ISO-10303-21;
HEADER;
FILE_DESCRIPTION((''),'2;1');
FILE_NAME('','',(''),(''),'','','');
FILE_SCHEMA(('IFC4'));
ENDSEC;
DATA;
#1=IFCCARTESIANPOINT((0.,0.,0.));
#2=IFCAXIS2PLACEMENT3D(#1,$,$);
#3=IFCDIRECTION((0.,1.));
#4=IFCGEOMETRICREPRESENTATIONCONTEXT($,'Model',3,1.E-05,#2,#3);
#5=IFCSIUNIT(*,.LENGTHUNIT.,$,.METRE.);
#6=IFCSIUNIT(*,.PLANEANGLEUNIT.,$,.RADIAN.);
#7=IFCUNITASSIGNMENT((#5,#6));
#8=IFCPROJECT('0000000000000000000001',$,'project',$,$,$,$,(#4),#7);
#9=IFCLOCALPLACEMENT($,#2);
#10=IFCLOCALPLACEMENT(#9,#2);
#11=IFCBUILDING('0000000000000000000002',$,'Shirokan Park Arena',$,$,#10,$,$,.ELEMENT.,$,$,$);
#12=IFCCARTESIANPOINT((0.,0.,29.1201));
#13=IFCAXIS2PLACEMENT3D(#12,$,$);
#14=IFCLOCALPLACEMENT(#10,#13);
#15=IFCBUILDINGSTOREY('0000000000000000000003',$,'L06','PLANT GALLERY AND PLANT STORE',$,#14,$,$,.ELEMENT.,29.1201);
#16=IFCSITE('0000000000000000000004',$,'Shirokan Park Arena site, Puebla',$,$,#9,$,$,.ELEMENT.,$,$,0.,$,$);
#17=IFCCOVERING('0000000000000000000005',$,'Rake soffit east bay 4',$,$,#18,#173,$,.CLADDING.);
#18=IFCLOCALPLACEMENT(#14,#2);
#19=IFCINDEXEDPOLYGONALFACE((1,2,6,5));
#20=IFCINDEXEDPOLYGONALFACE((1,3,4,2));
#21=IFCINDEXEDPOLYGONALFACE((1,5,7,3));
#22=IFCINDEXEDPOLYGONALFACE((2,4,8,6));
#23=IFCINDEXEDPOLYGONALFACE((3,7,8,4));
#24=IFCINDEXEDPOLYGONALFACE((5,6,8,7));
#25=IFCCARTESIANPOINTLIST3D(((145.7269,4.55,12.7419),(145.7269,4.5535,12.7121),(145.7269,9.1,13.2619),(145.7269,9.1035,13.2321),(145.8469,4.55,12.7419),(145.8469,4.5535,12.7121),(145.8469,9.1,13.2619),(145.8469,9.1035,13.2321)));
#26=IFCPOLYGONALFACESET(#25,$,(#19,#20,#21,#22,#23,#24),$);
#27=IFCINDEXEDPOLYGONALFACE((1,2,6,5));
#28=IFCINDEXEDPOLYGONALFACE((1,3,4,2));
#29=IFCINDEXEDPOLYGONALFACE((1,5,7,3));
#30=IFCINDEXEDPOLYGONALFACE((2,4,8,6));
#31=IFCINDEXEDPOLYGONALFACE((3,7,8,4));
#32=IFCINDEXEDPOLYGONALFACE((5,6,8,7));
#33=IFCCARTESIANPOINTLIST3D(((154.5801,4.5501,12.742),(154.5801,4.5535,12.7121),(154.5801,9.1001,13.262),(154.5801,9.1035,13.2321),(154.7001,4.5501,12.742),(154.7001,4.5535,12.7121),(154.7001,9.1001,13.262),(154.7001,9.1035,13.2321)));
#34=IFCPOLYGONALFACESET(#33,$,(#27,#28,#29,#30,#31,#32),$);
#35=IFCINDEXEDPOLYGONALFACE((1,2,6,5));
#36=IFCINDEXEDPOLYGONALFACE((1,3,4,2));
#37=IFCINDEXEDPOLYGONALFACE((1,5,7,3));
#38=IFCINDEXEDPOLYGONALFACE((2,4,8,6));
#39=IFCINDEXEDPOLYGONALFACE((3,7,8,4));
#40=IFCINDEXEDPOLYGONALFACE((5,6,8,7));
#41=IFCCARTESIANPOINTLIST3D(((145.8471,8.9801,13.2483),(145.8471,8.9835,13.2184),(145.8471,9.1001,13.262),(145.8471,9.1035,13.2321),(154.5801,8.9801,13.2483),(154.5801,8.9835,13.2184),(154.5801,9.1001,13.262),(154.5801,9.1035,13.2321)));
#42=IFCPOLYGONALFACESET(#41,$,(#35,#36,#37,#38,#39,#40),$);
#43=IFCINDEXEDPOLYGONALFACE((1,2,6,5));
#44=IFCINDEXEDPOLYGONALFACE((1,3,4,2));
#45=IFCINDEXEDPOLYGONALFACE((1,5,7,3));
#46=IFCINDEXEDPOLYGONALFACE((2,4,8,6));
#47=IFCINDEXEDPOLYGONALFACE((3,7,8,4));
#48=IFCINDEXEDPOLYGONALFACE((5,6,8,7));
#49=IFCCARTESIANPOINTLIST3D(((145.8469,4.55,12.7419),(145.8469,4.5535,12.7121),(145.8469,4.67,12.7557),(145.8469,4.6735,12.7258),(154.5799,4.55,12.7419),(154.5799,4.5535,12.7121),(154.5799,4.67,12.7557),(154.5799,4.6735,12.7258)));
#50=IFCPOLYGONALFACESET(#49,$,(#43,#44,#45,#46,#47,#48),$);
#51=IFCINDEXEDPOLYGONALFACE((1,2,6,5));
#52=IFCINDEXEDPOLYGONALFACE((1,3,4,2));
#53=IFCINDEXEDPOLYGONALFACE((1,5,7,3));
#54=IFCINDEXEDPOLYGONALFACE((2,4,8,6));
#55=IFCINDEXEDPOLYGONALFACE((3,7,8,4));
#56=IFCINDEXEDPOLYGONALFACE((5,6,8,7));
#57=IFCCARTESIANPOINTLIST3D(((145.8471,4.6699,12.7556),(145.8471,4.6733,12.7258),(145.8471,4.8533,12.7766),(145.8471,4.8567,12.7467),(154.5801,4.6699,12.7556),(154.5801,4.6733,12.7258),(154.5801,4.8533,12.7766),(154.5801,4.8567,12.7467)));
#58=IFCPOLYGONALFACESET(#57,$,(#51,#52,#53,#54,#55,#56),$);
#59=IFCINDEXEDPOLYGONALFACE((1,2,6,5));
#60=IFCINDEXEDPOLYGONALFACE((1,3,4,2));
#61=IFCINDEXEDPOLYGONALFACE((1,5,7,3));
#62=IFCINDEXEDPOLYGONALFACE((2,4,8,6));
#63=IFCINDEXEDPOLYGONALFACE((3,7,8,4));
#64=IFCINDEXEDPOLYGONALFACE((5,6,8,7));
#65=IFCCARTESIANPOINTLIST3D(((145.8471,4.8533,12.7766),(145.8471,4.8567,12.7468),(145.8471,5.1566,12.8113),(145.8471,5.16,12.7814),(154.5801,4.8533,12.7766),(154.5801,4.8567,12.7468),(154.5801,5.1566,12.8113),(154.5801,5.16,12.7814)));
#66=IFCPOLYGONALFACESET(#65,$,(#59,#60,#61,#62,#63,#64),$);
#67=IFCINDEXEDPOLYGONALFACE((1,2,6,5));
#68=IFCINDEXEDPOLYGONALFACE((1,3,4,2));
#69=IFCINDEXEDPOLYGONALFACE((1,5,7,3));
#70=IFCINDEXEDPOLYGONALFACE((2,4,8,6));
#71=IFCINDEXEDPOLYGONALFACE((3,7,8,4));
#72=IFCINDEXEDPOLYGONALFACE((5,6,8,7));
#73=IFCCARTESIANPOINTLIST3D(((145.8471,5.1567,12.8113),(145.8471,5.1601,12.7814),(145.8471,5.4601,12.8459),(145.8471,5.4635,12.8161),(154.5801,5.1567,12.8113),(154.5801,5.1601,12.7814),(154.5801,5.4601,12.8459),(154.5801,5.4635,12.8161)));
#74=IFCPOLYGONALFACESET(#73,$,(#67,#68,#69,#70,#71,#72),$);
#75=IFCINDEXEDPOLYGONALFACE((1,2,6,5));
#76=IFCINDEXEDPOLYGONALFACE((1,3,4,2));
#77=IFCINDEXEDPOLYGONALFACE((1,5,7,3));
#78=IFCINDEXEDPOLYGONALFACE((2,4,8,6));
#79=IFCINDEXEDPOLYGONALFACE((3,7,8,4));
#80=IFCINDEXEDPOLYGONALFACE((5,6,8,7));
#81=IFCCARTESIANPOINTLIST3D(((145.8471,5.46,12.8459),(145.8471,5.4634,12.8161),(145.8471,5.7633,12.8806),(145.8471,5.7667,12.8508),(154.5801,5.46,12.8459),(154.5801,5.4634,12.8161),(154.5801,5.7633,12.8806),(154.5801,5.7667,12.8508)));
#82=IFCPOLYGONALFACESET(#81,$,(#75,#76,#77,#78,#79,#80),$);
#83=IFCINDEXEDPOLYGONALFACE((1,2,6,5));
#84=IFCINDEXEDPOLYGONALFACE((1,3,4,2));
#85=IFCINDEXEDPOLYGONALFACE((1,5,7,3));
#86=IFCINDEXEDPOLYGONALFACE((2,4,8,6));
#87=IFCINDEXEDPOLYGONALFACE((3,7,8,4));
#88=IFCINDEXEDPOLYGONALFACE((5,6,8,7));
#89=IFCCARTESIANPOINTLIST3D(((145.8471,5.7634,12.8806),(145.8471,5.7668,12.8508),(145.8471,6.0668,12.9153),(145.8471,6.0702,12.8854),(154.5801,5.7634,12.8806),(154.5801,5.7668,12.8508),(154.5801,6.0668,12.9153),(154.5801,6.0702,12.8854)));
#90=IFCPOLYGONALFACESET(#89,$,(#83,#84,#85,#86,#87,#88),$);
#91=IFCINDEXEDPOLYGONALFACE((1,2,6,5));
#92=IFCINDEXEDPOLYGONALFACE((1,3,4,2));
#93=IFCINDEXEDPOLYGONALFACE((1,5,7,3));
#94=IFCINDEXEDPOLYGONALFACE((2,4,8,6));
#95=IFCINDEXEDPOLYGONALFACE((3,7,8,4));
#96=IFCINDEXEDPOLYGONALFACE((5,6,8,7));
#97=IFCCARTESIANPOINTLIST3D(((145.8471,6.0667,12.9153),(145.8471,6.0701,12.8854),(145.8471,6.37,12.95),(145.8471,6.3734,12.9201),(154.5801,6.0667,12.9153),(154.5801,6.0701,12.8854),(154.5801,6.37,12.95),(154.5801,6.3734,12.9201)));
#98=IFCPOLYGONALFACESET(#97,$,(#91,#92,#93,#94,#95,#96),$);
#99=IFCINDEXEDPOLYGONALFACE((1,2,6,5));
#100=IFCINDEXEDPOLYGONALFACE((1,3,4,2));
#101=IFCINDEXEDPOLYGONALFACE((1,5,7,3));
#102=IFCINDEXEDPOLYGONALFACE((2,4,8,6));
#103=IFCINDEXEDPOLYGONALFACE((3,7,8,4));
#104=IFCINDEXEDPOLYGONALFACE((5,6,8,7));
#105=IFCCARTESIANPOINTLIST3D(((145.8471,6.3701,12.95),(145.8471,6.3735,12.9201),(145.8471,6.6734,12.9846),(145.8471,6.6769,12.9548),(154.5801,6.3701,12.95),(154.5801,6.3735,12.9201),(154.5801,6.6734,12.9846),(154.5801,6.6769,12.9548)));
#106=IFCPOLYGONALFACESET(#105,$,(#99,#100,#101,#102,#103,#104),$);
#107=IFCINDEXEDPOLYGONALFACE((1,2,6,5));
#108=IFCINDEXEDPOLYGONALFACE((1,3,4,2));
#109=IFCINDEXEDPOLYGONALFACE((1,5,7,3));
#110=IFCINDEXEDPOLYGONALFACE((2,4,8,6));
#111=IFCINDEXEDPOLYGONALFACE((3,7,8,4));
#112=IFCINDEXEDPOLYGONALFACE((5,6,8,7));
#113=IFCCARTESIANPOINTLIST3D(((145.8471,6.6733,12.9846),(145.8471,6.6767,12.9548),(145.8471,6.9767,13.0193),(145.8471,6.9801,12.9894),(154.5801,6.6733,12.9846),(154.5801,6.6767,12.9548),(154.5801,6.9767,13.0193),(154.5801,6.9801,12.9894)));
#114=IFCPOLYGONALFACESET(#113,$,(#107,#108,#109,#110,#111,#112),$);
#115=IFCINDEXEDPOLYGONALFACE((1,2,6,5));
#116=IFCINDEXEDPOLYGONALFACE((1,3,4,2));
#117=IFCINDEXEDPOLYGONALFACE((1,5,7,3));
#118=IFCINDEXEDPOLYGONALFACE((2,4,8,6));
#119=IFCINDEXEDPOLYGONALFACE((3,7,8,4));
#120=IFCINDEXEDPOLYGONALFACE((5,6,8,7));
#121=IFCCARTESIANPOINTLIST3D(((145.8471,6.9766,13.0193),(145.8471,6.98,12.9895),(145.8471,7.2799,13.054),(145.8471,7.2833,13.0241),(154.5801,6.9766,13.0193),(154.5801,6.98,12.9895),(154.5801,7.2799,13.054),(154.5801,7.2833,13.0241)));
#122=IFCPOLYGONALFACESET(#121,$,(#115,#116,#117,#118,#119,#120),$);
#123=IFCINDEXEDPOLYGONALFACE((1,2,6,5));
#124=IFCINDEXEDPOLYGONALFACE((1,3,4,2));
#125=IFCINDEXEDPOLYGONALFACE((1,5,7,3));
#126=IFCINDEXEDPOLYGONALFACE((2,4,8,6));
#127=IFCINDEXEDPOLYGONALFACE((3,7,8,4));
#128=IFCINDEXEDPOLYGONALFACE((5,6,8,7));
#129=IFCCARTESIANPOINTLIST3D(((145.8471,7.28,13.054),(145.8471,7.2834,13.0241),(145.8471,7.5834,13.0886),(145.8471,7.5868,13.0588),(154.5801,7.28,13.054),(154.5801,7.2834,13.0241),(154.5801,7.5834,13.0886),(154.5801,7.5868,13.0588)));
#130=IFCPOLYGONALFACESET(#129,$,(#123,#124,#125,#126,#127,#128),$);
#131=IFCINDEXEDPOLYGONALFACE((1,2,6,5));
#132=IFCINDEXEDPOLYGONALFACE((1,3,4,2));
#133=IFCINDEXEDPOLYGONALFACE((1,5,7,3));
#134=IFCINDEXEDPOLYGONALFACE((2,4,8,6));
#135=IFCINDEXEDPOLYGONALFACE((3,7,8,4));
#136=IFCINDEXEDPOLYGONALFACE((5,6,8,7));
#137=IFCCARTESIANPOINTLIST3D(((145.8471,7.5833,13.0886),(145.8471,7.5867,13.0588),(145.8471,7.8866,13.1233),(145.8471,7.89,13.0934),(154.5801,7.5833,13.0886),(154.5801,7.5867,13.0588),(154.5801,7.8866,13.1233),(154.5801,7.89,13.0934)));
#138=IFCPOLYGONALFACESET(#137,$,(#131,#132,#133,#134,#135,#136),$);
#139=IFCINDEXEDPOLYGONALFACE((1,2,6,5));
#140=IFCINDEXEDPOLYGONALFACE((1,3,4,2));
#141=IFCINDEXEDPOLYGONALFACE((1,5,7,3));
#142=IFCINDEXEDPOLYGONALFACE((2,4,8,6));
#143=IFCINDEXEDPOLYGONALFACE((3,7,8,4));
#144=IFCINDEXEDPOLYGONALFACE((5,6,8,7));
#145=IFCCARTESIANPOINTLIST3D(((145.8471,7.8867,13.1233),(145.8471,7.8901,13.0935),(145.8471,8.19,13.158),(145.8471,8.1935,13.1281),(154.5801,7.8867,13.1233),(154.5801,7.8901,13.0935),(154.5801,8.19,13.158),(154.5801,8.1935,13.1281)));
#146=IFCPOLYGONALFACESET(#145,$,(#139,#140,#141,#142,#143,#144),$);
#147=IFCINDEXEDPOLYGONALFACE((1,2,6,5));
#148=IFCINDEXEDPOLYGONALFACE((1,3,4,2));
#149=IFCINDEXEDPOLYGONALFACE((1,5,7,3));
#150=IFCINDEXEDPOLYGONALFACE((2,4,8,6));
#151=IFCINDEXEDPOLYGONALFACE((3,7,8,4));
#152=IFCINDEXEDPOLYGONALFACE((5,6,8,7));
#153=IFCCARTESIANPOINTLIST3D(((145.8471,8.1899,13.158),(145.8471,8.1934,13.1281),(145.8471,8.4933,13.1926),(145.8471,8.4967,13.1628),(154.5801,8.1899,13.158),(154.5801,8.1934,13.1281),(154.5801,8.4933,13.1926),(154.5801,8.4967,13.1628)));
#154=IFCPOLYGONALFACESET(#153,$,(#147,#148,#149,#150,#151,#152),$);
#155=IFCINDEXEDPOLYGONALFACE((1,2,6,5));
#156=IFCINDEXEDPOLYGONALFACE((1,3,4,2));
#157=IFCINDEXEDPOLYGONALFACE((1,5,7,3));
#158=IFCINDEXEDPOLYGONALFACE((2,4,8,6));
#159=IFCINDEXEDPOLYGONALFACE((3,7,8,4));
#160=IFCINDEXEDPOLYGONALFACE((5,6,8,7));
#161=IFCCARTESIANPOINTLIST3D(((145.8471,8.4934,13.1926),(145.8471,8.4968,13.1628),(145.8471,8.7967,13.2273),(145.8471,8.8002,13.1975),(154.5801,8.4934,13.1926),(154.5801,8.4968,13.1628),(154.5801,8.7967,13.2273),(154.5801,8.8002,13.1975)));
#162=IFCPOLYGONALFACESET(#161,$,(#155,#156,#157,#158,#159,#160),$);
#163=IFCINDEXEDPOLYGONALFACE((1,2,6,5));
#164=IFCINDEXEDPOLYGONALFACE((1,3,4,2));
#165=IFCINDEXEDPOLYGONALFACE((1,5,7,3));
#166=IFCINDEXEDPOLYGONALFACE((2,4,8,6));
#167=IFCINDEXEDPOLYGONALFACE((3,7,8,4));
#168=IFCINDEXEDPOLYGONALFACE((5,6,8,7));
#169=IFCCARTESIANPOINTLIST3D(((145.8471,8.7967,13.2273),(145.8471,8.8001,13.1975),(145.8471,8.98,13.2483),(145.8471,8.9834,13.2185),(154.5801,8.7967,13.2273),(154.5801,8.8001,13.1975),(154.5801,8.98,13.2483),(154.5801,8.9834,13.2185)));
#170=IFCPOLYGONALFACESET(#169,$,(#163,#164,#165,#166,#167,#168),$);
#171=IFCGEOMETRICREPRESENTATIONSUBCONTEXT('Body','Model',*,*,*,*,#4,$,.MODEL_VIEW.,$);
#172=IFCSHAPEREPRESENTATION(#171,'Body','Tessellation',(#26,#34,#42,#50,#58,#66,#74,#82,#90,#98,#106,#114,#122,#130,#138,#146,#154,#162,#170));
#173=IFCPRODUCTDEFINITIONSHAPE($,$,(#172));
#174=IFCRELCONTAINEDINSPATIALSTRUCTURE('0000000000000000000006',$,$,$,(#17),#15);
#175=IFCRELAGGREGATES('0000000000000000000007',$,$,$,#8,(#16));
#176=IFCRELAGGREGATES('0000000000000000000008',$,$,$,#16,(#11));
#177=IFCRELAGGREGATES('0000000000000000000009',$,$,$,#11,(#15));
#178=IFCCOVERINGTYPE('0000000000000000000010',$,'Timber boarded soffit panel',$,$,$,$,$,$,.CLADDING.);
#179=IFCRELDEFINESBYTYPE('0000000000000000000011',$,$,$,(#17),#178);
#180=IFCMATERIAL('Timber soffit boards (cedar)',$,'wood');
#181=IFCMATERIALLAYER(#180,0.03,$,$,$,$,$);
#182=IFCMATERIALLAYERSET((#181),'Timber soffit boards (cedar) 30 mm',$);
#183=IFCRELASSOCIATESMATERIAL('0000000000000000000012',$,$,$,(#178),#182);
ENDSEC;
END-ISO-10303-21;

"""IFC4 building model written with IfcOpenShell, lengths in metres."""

from ifc_helpers import new_model, si_unit, direction, frame, origin, place, context, subcontext, project, spatial, polyline, outline, extrude, material, layer, layer_set, type_object, element, save


model = new_model("IFC4")

# Units and contexts
model_context = context("Model", 3, precision=1e-05, world=origin(), true_north=direction((0.0, 1.0)))
body_context = subcontext(model_context, "Body", "Model", "MODEL_VIEW")
ifc_project = project(units=[si_unit("LENGTHUNIT", "METRE"), si_unit("PLANEANGLEUNIT", "RADIAN")], contexts=[model_context])

# Site, building, storey
site_placement = place(None, origin())
site = spatial("IfcSite", under=ifc_project, at=site_placement, Name="Shirokan Park Arena site, Puebla", CompositionType="ELEMENT", RefElevation=0.0)
building_placement = place(site_placement, origin())
building = spatial("IfcBuilding", under=site, at=building_placement, Name="Shirokan Park Arena", CompositionType="ELEMENT")
storey_placement = place(building_placement, frame((0.0, 0.0, 29.1201)))
storey = spatial("IfcBuildingStorey", under=building, at=storey_placement, Name="L06", Description="PLANT GALLERY AND PLANT STORE", CompositionType="ELEMENT", Elevation=29.1201)

# Covering
ifc_material = material(Name="Timber soffit boards (cedar)", Category="wood")
ifc_layer = layer(ifc_material, 0.03)
ifc_layer_set = layer_set([ifc_layer], Name="Timber soffit boards (cedar) 30 mm")
covering_type = type_object("IfcCoveringType", Name="Timber boarded soffit panel", PredefinedType="CLADDING", material=ifc_layer_set)
covering_1_placement = place(storey_placement, origin())
element("IfcCovering", 1, at=covering_1_placement, inside=storey, type_object=covering_type, Name="Rake soffit east bay 4", PredefinedType="CLADDING", context=body_context, shape_type="SweptSolid", body=[
    extrude(outline(polyline([(0.0, 0.0), (0.12, 0.0), (0.12, -4.5796), (0.0, -4.5796), (0.0, 0.0)])), frame((145.8469, 4.55, 12.7419), z_axis=(0.0, -0.113547, 0.993533), x_axis=(-1.0, 0.0, 0.0)), (0.0, 0.0, -1.0), 0.03),
    extrude(outline(polyline([(0.0, 0.0), (0.12, 0.0), (0.12, -4.5796), (0.0, -4.5796), (0.0, 0.0)])), frame((154.5801, 9.1001, 13.262), z_axis=(0.0, -0.113547, 0.993533), x_axis=(1.0, 0.0, 0.0)), (0.0, 0.0, -1.0), 0.03),
    extrude(outline(polyline([(0.0, 0.0), (0.1208, 0.0), (0.1208, -8.733), (0.0, -8.733), (0.0, 0.0)])), frame((154.5801, 9.1001, 13.262), z_axis=(0.0, -0.113512, 0.993537), x_axis=(0.0, -0.993537, -0.113512)), (0.0, 0.0, -1.0), 0.03),
    extrude(outline(polyline([(0.0, 0.0), (0.1208, 0.0), (0.1208, -8.733), (0.0, -8.733), (0.0, 0.0)])), frame((145.8469, 4.55, 12.7419), z_axis=(0.0, -0.113512, 0.993537), x_axis=(0.0, 0.993537, 0.113512)), (0.0, 0.0, -1.0), 0.03),
    extrude(outline(polyline([(0.0, 0.0), (8.733, 0.0), (8.733, -0.1845), (0.0, -0.1845), (0.0, 0.0)])), frame((154.5801, 4.6699, 12.7556), z_axis=(0.0, -0.113589, 0.993528), x_axis=(-1.0, 0.0, 0.0)), (0.0, 0.0, -1.0), 0.03),
    extrude(outline(polyline([(0.0, 0.0), (8.733, 0.0), (8.733, -0.3053), (0.0, -0.3053), (0.0, 0.0)])), frame((154.5801, 4.8533, 12.7766), z_axis=(0.0, -0.113523, 0.993535), x_axis=(-1.0, 0.0, 0.0)), (0.0, 0.0, -1.0), 0.03),
    extrude(outline(polyline([(0.0, 0.0), (8.733, 0.0), (8.733, -0.3053), (0.0, -0.3053), (0.0, 0.0)])), frame((154.5801, 5.1567, 12.8113), z_axis=(0.0, -0.113559, 0.993531), x_axis=(-1.0, 0.0, 0.0)), (0.0, 0.0, -1.0), 0.03),
    extrude(outline(polyline([(0.0, 0.0), (8.733, 0.0), (8.733, -0.3053), (0.0, -0.3053), (0.0, 0.0)])), frame((154.5801, 5.46, 12.8459), z_axis=(0.0, -0.113559, 0.993531), x_axis=(-1.0, 0.0, 0.0)), (0.0, 0.0, -1.0), 0.03),
    extrude(outline(polyline([(0.0, 0.0), (8.733, 0.0), (8.733, -0.3053), (0.0, -0.3053), (0.0, 0.0)])), frame((154.5801, 5.7634, 12.8806), z_axis=(0.0, -0.113523, 0.993535), x_axis=(-1.0, 0.0, 0.0)), (0.0, 0.0, -1.0), 0.03),
    extrude(outline(polyline([(0.0, 0.0), (8.733, 0.0), (8.733, -0.3053), (0.0, -0.3053), (0.0, 0.0)])), frame((154.5801, 6.0667, 12.9153), z_axis=(0.0, -0.113559, 0.993531), x_axis=(-1.0, 0.0, 0.0)), (0.0, 0.0, -1.0), 0.03),
    extrude(outline(polyline([(0.0, 0.0), (8.733, 0.0), (8.733, -0.3053), (0.0, -0.3053), (0.0, 0.0)])), frame((154.5801, 6.3701, 12.95), z_axis=(0.0, -0.113559, 0.993531), x_axis=(-1.0, 0.0, 0.0)), (0.0, 0.0, -1.0), 0.03),
    extrude(outline(polyline([(0.0, 0.0), (8.733, 0.0), (8.733, -0.3053), (0.0, -0.3053), (0.0, 0.0)])), frame((154.5801, 6.6733, 12.9846), z_axis=(0.0, -0.113523, 0.993535), x_axis=(-1.0, 0.0, 0.0)), (0.0, 0.0, -1.0), 0.03),
    extrude(outline(polyline([(0.0, 0.0), (8.733, 0.0), (8.733, -0.3053), (0.0, -0.3053), (0.0, 0.0)])), frame((154.5801, 6.9766, 13.0193), z_axis=(0.0, -0.113559, 0.993531), x_axis=(-1.0, 0.0, 0.0)), (0.0, 0.0, -1.0), 0.03),
    extrude(outline(polyline([(0.0, 0.0), (8.733, 0.0), (8.733, -0.3053), (0.0, -0.3053), (0.0, 0.0)])), frame((154.5801, 7.28, 13.054), z_axis=(0.0, -0.113559, 0.993531), x_axis=(-1.0, 0.0, 0.0)), (0.0, 0.0, -1.0), 0.03),
    extrude(outline(polyline([(0.0, 0.0), (8.733, 0.0), (8.733, -0.3053), (0.0, -0.3053), (0.0, 0.0)])), frame((154.5801, 7.5833, 13.0886), z_axis=(0.0, -0.113523, 0.993535), x_axis=(-1.0, 0.0, 0.0)), (0.0, 0.0, -1.0), 0.03),
    extrude(outline(polyline([(0.0, 0.0), (8.733, 0.0), (8.733, -0.3053), (0.0, -0.3053), (0.0, 0.0)])), frame((154.5801, 7.8867, 13.1233), z_axis=(0.0, -0.113559, 0.993531), x_axis=(-1.0, 0.0, 0.0)), (0.0, 0.0, -1.0), 0.03),
    extrude(outline(polyline([(0.0, 0.0), (8.733, 0.0), (8.733, -0.3053), (0.0, -0.3053), (0.0, 0.0)])), frame((154.5801, 8.1899, 13.158), z_axis=(0.0, -0.113559, 0.993531), x_axis=(-1.0, 0.0, 0.0)), (0.0, 0.0, -1.0), 0.03),
    extrude(outline(polyline([(0.0, 0.0), (8.733, 0.0), (8.733, -0.3053), (0.0, -0.3053), (0.0, 0.0)])), frame((154.5801, 8.4934, 13.1926), z_axis=(0.0, -0.113523, 0.993535), x_axis=(-1.0, 0.0, 0.0)), (0.0, 0.0, -1.0), 0.03),
    extrude(outline(polyline([(0.0, 0.0), (0.1845, 0.0), (0.1845, -8.733), (0.0, -8.733), (0.0, 0.0)])), frame((154.5801, 8.98, 13.2483), z_axis=(0.0, -0.113589, 0.993528), x_axis=(0.0, -0.993528, -0.113589)), (0.0, 0.0, -1.0), 0.03),
])

save(model, "model.ifc")
